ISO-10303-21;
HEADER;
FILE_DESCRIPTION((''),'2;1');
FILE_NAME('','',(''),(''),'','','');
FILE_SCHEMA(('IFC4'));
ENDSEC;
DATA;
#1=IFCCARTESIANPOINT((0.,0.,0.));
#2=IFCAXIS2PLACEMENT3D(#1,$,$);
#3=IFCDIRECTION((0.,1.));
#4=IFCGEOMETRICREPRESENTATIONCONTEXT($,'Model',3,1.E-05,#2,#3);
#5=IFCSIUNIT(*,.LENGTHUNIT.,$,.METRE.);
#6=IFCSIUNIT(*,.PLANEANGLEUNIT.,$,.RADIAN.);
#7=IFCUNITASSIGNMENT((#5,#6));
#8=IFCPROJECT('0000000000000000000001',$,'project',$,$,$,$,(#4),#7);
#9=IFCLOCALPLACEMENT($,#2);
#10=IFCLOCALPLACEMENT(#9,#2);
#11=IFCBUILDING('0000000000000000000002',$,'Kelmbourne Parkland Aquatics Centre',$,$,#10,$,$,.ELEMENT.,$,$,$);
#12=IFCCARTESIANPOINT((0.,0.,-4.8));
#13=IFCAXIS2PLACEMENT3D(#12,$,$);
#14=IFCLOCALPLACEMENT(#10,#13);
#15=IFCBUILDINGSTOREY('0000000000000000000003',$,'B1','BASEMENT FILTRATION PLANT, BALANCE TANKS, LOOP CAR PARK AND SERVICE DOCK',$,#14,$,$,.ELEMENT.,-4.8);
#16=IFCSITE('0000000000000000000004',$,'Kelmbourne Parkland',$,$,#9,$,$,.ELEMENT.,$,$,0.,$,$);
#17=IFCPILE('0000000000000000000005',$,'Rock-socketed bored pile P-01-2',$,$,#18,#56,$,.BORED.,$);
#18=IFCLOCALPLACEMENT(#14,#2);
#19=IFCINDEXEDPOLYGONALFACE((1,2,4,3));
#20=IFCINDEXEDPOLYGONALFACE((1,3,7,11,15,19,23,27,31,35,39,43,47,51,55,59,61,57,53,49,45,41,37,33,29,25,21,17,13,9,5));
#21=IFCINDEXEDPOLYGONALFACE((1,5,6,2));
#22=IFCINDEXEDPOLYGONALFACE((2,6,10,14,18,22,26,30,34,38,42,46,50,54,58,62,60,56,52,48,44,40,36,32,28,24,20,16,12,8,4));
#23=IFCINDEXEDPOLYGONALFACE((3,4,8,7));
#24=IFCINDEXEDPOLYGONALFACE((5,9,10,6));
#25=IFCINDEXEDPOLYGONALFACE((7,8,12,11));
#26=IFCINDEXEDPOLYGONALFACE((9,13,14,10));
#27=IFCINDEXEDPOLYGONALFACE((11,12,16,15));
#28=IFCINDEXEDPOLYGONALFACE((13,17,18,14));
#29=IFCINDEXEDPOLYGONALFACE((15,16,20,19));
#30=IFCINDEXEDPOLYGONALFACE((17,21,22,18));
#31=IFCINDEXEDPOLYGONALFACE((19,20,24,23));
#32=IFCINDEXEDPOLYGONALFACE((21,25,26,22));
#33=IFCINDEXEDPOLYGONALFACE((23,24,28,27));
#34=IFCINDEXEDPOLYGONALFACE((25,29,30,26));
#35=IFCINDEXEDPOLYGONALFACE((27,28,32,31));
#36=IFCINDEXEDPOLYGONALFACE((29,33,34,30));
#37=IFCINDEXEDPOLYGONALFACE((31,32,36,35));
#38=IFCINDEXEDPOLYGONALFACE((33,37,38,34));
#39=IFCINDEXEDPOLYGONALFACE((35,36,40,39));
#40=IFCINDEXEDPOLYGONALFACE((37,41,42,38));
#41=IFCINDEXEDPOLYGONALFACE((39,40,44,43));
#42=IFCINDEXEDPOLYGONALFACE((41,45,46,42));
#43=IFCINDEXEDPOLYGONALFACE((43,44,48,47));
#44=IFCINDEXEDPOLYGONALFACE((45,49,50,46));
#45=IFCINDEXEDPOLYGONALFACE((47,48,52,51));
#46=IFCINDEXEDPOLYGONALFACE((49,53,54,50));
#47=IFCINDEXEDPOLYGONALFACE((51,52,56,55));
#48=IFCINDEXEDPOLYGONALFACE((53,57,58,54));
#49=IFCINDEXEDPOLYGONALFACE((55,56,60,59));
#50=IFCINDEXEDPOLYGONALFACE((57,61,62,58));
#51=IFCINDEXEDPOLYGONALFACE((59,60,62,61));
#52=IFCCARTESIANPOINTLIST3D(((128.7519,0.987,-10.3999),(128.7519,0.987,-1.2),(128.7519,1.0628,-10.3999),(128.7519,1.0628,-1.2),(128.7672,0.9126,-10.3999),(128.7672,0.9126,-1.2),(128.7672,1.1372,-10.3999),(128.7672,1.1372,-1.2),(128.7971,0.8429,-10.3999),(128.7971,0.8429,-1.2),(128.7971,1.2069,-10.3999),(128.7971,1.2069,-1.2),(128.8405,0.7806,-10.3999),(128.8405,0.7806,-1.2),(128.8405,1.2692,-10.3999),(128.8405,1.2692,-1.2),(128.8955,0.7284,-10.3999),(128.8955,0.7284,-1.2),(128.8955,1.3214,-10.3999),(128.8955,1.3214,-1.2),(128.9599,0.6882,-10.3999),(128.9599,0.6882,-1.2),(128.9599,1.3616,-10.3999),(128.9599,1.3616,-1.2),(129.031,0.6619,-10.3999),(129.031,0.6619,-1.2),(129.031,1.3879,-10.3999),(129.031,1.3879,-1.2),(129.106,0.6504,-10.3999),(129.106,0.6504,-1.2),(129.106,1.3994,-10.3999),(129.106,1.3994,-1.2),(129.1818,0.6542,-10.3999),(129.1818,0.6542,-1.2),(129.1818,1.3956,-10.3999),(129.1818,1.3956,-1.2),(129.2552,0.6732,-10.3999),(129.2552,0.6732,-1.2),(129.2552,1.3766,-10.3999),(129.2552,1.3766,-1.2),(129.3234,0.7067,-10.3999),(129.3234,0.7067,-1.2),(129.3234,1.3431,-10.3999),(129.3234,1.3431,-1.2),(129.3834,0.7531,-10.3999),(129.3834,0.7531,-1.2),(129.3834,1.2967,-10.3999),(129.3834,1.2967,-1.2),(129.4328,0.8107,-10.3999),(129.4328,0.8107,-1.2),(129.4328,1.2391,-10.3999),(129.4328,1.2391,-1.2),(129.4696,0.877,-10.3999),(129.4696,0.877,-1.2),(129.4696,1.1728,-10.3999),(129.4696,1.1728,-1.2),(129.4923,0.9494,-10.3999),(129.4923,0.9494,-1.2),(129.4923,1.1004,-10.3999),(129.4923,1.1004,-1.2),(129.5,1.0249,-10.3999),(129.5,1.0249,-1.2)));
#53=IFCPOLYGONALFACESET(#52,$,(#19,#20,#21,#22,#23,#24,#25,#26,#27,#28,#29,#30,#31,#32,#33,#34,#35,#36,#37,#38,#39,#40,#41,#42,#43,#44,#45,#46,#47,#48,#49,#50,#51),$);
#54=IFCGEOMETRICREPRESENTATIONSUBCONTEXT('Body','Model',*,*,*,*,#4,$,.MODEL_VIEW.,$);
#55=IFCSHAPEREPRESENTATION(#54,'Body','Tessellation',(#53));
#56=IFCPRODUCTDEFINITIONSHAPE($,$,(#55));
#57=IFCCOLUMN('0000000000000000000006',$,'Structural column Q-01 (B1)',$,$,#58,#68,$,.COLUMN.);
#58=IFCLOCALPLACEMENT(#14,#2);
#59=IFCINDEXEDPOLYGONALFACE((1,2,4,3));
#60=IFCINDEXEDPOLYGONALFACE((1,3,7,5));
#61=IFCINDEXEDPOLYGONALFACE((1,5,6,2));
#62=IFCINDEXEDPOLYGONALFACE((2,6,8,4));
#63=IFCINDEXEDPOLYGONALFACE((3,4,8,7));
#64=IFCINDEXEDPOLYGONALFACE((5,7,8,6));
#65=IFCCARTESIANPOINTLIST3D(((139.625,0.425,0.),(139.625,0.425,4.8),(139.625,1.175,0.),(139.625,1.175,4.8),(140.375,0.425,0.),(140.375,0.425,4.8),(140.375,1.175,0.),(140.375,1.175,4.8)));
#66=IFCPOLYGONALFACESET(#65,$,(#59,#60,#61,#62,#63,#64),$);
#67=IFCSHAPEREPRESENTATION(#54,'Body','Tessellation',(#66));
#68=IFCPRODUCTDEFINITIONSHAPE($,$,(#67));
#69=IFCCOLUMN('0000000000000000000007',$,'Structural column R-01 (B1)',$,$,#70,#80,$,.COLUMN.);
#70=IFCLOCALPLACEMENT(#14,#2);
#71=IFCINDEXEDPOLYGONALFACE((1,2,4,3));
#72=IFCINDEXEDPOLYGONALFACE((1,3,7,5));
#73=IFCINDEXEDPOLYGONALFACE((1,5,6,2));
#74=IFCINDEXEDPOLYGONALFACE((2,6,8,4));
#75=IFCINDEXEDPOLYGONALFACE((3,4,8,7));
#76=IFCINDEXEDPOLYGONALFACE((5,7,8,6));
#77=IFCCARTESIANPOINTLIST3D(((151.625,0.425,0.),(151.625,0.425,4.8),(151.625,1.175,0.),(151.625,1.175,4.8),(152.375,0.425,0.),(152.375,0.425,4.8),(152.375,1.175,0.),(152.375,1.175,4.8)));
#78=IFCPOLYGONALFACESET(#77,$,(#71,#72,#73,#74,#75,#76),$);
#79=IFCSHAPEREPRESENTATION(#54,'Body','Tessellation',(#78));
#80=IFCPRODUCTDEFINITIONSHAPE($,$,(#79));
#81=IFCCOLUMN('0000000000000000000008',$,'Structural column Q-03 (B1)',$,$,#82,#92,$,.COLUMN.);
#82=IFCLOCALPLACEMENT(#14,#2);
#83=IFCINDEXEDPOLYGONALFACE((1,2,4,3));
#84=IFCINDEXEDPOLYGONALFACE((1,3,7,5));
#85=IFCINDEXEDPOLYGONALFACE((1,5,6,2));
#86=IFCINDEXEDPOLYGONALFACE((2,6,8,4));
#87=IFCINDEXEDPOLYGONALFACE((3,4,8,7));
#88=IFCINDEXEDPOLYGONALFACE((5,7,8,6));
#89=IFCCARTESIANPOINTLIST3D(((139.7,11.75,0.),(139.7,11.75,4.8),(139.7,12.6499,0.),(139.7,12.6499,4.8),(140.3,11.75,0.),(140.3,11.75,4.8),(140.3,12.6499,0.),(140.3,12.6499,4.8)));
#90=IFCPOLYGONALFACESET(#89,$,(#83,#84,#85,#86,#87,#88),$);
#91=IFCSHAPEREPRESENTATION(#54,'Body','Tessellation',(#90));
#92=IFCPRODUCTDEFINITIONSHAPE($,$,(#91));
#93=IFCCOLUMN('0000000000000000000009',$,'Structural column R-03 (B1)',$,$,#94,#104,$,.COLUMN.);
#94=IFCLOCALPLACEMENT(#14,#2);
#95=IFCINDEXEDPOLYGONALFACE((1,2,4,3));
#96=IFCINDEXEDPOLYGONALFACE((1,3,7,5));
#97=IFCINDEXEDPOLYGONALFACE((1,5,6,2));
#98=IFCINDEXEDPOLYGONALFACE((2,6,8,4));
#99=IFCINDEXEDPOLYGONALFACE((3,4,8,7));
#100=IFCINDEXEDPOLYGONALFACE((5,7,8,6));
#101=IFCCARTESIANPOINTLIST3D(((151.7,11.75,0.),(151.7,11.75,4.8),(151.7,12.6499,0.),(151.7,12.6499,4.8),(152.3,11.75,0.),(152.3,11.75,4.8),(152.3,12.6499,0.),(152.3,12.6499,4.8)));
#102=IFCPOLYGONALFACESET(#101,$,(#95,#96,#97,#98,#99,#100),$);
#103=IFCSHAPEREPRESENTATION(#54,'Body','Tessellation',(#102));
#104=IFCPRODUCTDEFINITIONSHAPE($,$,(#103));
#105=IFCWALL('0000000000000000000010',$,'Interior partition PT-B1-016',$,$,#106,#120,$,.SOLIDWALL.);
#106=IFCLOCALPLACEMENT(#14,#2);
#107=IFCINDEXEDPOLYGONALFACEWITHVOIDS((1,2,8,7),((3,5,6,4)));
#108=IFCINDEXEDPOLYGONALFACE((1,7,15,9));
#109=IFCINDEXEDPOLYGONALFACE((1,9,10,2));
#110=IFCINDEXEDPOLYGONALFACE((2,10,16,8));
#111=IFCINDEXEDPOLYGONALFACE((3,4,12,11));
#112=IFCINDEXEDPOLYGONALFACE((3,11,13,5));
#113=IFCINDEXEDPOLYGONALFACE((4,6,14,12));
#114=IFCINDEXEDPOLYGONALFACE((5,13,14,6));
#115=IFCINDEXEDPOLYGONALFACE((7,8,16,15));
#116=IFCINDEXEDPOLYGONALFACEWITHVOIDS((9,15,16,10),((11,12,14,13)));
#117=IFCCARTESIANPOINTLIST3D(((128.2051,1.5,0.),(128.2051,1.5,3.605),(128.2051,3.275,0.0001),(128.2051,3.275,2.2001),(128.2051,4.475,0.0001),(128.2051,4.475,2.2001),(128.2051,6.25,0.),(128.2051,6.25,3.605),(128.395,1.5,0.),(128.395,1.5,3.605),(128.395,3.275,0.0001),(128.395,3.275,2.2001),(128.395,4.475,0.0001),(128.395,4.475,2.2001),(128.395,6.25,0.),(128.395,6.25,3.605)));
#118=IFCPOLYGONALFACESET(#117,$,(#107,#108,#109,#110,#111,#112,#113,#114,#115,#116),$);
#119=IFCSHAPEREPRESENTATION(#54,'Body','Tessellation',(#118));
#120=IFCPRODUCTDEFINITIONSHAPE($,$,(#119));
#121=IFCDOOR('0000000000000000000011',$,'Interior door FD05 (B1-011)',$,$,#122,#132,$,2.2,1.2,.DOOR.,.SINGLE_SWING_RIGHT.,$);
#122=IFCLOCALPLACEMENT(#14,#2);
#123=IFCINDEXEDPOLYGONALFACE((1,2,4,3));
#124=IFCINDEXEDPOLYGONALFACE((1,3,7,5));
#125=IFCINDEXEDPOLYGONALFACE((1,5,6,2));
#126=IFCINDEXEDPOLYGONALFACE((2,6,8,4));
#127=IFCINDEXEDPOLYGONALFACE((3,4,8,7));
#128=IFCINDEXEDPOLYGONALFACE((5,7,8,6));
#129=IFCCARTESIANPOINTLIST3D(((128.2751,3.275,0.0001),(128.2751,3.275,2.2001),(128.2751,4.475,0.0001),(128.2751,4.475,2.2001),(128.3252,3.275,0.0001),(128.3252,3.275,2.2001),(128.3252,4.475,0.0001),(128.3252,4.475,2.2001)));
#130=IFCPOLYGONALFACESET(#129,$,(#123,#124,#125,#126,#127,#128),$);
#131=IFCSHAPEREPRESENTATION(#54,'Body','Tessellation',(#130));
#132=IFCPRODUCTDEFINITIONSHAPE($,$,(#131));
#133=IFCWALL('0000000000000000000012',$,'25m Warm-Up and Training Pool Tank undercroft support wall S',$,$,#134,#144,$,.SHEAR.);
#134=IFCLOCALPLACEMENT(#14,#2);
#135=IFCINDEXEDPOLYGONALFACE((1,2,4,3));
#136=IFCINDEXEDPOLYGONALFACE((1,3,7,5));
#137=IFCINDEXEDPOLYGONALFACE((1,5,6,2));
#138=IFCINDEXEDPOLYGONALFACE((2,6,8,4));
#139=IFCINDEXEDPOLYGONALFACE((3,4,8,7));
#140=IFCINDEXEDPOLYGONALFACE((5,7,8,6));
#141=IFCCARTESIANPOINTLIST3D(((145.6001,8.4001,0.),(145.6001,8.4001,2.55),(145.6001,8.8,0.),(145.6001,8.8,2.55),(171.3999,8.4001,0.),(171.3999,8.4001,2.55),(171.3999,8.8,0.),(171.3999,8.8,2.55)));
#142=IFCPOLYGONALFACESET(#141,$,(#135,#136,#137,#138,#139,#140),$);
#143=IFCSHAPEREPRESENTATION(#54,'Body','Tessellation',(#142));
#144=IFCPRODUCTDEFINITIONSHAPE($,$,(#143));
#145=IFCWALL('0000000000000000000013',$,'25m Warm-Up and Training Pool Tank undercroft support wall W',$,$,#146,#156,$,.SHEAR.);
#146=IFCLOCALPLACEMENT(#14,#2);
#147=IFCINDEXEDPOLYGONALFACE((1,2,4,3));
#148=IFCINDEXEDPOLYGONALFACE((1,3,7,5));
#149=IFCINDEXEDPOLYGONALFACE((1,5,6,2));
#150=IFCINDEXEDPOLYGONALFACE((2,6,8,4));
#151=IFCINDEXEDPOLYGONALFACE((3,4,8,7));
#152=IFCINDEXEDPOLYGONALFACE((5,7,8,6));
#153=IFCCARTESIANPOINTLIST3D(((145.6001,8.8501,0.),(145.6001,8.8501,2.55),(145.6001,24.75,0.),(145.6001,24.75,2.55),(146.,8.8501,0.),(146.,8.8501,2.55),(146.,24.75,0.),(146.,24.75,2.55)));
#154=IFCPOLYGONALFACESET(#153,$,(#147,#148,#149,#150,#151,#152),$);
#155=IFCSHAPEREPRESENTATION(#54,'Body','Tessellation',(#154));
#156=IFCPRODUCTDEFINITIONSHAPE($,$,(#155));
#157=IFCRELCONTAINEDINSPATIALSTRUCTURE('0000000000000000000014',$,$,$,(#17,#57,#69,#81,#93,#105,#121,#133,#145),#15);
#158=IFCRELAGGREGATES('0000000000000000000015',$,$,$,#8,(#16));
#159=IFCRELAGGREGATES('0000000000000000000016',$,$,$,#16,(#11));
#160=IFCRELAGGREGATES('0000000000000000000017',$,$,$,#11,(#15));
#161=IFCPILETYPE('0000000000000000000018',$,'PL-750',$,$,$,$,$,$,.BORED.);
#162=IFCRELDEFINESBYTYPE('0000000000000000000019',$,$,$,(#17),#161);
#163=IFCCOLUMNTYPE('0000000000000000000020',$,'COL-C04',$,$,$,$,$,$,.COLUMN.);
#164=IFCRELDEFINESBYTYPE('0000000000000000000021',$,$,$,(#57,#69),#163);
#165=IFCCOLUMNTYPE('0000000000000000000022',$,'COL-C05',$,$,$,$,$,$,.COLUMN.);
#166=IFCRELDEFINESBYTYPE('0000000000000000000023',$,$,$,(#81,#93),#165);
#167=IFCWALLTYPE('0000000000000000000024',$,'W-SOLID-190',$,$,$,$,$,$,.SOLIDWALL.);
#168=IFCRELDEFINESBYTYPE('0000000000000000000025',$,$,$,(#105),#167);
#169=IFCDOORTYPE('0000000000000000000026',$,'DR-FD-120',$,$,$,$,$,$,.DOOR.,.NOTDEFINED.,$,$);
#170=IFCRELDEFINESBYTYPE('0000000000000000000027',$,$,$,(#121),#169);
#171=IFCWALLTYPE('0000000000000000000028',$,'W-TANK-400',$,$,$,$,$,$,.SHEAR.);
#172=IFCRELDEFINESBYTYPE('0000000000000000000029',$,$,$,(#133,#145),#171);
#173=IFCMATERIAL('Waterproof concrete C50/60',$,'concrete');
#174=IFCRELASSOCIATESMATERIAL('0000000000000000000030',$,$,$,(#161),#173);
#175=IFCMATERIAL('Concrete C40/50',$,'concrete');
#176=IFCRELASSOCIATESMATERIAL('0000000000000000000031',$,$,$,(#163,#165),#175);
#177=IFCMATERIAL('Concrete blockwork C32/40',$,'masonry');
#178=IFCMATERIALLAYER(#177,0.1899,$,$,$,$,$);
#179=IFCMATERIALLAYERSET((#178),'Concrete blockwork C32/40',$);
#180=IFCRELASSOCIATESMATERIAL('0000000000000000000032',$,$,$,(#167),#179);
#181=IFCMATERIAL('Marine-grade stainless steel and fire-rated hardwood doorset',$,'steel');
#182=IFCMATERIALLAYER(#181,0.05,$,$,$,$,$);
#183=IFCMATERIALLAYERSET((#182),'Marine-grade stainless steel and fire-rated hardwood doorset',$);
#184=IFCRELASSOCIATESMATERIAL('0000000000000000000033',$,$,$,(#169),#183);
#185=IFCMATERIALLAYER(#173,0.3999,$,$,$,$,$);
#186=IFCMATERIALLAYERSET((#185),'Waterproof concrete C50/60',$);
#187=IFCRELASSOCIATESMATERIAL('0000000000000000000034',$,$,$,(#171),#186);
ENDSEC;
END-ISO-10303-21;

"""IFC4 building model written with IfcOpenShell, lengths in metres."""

from ifc_helpers import new_model, si_unit, direction, frame, frame_2d, origin, origin_2d, place, context, subcontext, project, spatial, rectangle, circle, extrude, material, layer, layer_set, material_profile, profile_set, type_object, element, fill, save


model = new_model("IFC4")

# Units and contexts
model_context = context("Model", 3, precision=1e-05, world=origin(), true_north=direction((0.0, 1.0)))
body_context = subcontext(model_context, "Body", "Model", "MODEL_VIEW")
ifc_project = project(units=[si_unit("LENGTHUNIT", "METRE"), si_unit("PLANEANGLEUNIT", "RADIAN")], contexts=[model_context])

# Site, building, storey
site_placement = place(None, origin())
site = spatial("IfcSite", under=ifc_project, at=site_placement, Name="Kelmbourne Parkland", CompositionType="ELEMENT", RefElevation=0.0)
building_placement = place(site_placement, origin())
building = spatial("IfcBuilding", under=site, at=building_placement, Name="Kelmbourne Parkland Aquatics Centre", CompositionType="ELEMENT")
storey_placement = place(building_placement, frame((0.0, 0.0, -4.8)))
storey = spatial("IfcBuildingStorey", under=building, at=storey_placement, Name="B1", Description="BASEMENT FILTRATION PLANT, BALANCE TANKS, LOOP CAR PARK AND SERVICE DOCK", CompositionType="ELEMENT", Elevation=-4.8)

# Shared definitions
ifc_material_1 = material(Name="Waterproof concrete C50/60", Category="concrete")

# Pile
ifc_material_profile_1 = material_profile(ifc_material_1, circle(Radius=0.375, at=origin_2d()), Name="PILE D750")
ifc_profile_set_1 = profile_set([ifc_material_profile_1], Name="Waterproof concrete C50/60")
pile_type_1 = type_object("IfcPileType", Name="PL-750", PredefinedType="BORED", material=ifc_profile_set_1)
pile_1_placement = place(storey_placement, frame((129.125, 1.0249, -1.2), z_axis=(0.0, 0.0, -1.0), x_axis=(1.0, 0.0, 0.0)))
element("IfcPile", 1, at=pile_1_placement, inside=storey, type_object=pile_type_1, Name="Rock-socketed bored pile P-01-2", PredefinedType="BORED", context=body_context, shape_type="SweptSolid", body=[
    extrude(circle(Radius=0.375, at=origin_2d()), origin(), (0.0, 0.0, 1.0), 9.2),
])

# Columns
ifc_material_2 = material(Name="Concrete C40/50", Category="concrete")
ifc_material_profile_2 = material_profile(ifc_material_2, rectangle(XDim=0.75, YDim=0.75, at=origin_2d()), Name="RC 750x750")
ifc_profile_set_2 = profile_set([ifc_material_profile_2], Name="Concrete C40/50")
column_type_1 = type_object("IfcColumnType", Name="COL-C04", PredefinedType="COLUMN", material=ifc_profile_set_2)
for number, where, z_axis, x_axis, name in (
    (2, (140.0, 0.8, 0.0), (0.0, 0.0, 1.0), (1.0, 0.0, 0.0), "Structural column Q-01 (B1)"),
    (3, (152.0, 0.8, 0.0), (0.0, 0.0, 1.0), (1.0, 0.0, 0.0), "Structural column R-01 (B1)"),
):
    element("IfcColumn", number, at=place(storey_placement, frame(where, z_axis=z_axis, x_axis=x_axis)), inside=storey, type_object=column_type_1, Name=name, PredefinedType="COLUMN", context=body_context, shape_type="SweptSolid", body=[
        extrude(rectangle(XDim=0.75, YDim=0.75, at=origin_2d()), origin(), (0.0, 0.0, 1.0), 4.8),
    ])
ifc_material_profile_3 = material_profile(ifc_material_2, rectangle(XDim=0.6001, YDim=0.8999, at=origin_2d()), Name="RC 600x900")
ifc_profile_set_3 = profile_set([ifc_material_profile_3], Name="Concrete C40/50")
column_type_2 = type_object("IfcColumnType", Name="COL-C05", PredefinedType="COLUMN", material=ifc_profile_set_3)
for number, where, z_axis, x_axis, name in (
    (4, (140.0, 12.2, 0.0), (0.0, 0.0, 1.0), (1.0, 0.0, 0.0), "Structural column Q-03 (B1)"),
    (5, (152.0, 12.2, 0.0), (0.0, 0.0, 1.0), (1.0, 0.0, 0.0), "Structural column R-03 (B1)"),
):
    element("IfcColumn", number, at=place(storey_placement, frame(where, z_axis=z_axis, x_axis=x_axis)), inside=storey, type_object=column_type_2, Name=name, PredefinedType="COLUMN", context=body_context, shape_type="SweptSolid", body=[
        extrude(rectangle(XDim=0.6001, YDim=0.8999, at=origin_2d()), origin(), (0.0, 0.0, 1.0), 4.8),
    ])

# Wall, opening, door
ifc_material_3 = material(Name="Concrete blockwork C32/40", Category="masonry")
ifc_layer_1 = layer(ifc_material_3, 0.1899)
ifc_layer_set_1 = layer_set([ifc_layer_1], Name="Concrete blockwork C32/40")
wall_type_1 = type_object("IfcWallType", Name="W-SOLID-190", PredefinedType="SOLIDWALL", material=ifc_layer_set_1)
wall_1_placement = place(storey_placement, frame((128.3, 1.5, 0.0), z_axis=(0.0, 0.0, 1.0), x_axis=(0.0, 1.0, 0.0)))
wall_1 = element("IfcWall", 6, at=wall_1_placement, inside=storey, type_object=wall_type_1, Name="Interior partition PT-B1-016", PredefinedType="SOLIDWALL", context=body_context, shape_type="SweptSolid", body=[
    extrude(rectangle(XDim=4.75, YDim=0.1899, at=frame_2d((2.375, 0.0))), origin(), (0.0, 0.0, 1.0), 3.605),
])
opening_placement = place(wall_1_placement, frame((1.7749, 0.0, 0.0)))
opening = element("IfcOpeningElement", 7, at=opening_placement, cuts=wall_1, PredefinedType="OPENING", context=body_context, shape_type="SweptSolid", body=[
    extrude(rectangle(XDim=1.2, YDim=2.2, at=frame_2d((0.6001, 1.1001))), frame((0.0, 0.1069, 0.0), z_axis=(0.0, -1.0, 0.0), x_axis=(1.0, 0.0, 0.0)), (0.0, 0.0, 1.0), 0.2139),
])
ifc_material_4 = material(Name="Marine-grade stainless steel and fire-rated hardwood doorset", Category="steel")
ifc_layer_2 = layer(ifc_material_4, 0.05)
ifc_layer_set_2 = layer_set([ifc_layer_2], Name="Marine-grade stainless steel and fire-rated hardwood doorset")
door_type = type_object("IfcDoorType", Name="DR-FD-120", OperationType="NOTDEFINED", PredefinedType="DOOR", material=ifc_layer_set_2)
door_placement = place(opening_placement, origin())
door = element("IfcDoor", 8, at=door_placement, inside=storey, type_object=door_type, Name="Interior door FD05 (B1-011)", OperationType="SINGLE_SWING_RIGHT", OverallHeight=2.2, OverallWidth=1.2, PredefinedType="DOOR", context=body_context, shape_type="SweptSolid", body=[
    extrude(rectangle(XDim=1.2, YDim=2.2, at=frame_2d((0.6001, 1.1001))), frame((0.0, 0.0249, 0.0), z_axis=(0.0, -1.0, 0.0), x_axis=(1.0, 0.0, 0.0)), (0.0, 0.0, 1.0), 0.05),
])
fill(opening, door)

# Walls
ifc_layer_3 = layer(ifc_material_1, 0.3999)
ifc_layer_set_3 = layer_set([ifc_layer_3], Name="Waterproof concrete C50/60")
wall_type_2 = type_object("IfcWallType", Name="W-TANK-400", PredefinedType="SHEAR", material=ifc_layer_set_3)
wall_2_placement = place(storey_placement, frame((145.6001, 8.6001, 0.0), z_axis=(0.0, 0.0, 1.0), x_axis=(1.0, 0.0, 0.0)))
element("IfcWall", 9, at=wall_2_placement, inside=storey, type_object=wall_type_2, Name="25m Warm-Up and Training Pool Tank undercroft support wall S", PredefinedType="SHEAR", context=body_context, shape_type="SweptSolid", body=[
    extrude(rectangle(XDim=25.7998, YDim=0.3999, at=frame_2d((12.8999, 0.0))), origin(), (0.0, 0.0, 1.0), 2.55),
])
wall_3_placement = place(storey_placement, frame((145.8, 8.8501, 0.0), z_axis=(0.0, 0.0, 1.0), x_axis=(0.0, 1.0, 0.0)))
element("IfcWall", 10, at=wall_3_placement, inside=storey, type_object=wall_type_2, Name="25m Warm-Up and Training Pool Tank undercroft support wall W", PredefinedType="SHEAR", context=body_context, shape_type="SweptSolid", body=[
    extrude(rectangle(XDim=15.8999, YDim=0.3999, at=frame_2d((7.95, 0.0))), origin(), (0.0, 0.0, 1.0), 2.55),
])

save(model, "model.ifc")
